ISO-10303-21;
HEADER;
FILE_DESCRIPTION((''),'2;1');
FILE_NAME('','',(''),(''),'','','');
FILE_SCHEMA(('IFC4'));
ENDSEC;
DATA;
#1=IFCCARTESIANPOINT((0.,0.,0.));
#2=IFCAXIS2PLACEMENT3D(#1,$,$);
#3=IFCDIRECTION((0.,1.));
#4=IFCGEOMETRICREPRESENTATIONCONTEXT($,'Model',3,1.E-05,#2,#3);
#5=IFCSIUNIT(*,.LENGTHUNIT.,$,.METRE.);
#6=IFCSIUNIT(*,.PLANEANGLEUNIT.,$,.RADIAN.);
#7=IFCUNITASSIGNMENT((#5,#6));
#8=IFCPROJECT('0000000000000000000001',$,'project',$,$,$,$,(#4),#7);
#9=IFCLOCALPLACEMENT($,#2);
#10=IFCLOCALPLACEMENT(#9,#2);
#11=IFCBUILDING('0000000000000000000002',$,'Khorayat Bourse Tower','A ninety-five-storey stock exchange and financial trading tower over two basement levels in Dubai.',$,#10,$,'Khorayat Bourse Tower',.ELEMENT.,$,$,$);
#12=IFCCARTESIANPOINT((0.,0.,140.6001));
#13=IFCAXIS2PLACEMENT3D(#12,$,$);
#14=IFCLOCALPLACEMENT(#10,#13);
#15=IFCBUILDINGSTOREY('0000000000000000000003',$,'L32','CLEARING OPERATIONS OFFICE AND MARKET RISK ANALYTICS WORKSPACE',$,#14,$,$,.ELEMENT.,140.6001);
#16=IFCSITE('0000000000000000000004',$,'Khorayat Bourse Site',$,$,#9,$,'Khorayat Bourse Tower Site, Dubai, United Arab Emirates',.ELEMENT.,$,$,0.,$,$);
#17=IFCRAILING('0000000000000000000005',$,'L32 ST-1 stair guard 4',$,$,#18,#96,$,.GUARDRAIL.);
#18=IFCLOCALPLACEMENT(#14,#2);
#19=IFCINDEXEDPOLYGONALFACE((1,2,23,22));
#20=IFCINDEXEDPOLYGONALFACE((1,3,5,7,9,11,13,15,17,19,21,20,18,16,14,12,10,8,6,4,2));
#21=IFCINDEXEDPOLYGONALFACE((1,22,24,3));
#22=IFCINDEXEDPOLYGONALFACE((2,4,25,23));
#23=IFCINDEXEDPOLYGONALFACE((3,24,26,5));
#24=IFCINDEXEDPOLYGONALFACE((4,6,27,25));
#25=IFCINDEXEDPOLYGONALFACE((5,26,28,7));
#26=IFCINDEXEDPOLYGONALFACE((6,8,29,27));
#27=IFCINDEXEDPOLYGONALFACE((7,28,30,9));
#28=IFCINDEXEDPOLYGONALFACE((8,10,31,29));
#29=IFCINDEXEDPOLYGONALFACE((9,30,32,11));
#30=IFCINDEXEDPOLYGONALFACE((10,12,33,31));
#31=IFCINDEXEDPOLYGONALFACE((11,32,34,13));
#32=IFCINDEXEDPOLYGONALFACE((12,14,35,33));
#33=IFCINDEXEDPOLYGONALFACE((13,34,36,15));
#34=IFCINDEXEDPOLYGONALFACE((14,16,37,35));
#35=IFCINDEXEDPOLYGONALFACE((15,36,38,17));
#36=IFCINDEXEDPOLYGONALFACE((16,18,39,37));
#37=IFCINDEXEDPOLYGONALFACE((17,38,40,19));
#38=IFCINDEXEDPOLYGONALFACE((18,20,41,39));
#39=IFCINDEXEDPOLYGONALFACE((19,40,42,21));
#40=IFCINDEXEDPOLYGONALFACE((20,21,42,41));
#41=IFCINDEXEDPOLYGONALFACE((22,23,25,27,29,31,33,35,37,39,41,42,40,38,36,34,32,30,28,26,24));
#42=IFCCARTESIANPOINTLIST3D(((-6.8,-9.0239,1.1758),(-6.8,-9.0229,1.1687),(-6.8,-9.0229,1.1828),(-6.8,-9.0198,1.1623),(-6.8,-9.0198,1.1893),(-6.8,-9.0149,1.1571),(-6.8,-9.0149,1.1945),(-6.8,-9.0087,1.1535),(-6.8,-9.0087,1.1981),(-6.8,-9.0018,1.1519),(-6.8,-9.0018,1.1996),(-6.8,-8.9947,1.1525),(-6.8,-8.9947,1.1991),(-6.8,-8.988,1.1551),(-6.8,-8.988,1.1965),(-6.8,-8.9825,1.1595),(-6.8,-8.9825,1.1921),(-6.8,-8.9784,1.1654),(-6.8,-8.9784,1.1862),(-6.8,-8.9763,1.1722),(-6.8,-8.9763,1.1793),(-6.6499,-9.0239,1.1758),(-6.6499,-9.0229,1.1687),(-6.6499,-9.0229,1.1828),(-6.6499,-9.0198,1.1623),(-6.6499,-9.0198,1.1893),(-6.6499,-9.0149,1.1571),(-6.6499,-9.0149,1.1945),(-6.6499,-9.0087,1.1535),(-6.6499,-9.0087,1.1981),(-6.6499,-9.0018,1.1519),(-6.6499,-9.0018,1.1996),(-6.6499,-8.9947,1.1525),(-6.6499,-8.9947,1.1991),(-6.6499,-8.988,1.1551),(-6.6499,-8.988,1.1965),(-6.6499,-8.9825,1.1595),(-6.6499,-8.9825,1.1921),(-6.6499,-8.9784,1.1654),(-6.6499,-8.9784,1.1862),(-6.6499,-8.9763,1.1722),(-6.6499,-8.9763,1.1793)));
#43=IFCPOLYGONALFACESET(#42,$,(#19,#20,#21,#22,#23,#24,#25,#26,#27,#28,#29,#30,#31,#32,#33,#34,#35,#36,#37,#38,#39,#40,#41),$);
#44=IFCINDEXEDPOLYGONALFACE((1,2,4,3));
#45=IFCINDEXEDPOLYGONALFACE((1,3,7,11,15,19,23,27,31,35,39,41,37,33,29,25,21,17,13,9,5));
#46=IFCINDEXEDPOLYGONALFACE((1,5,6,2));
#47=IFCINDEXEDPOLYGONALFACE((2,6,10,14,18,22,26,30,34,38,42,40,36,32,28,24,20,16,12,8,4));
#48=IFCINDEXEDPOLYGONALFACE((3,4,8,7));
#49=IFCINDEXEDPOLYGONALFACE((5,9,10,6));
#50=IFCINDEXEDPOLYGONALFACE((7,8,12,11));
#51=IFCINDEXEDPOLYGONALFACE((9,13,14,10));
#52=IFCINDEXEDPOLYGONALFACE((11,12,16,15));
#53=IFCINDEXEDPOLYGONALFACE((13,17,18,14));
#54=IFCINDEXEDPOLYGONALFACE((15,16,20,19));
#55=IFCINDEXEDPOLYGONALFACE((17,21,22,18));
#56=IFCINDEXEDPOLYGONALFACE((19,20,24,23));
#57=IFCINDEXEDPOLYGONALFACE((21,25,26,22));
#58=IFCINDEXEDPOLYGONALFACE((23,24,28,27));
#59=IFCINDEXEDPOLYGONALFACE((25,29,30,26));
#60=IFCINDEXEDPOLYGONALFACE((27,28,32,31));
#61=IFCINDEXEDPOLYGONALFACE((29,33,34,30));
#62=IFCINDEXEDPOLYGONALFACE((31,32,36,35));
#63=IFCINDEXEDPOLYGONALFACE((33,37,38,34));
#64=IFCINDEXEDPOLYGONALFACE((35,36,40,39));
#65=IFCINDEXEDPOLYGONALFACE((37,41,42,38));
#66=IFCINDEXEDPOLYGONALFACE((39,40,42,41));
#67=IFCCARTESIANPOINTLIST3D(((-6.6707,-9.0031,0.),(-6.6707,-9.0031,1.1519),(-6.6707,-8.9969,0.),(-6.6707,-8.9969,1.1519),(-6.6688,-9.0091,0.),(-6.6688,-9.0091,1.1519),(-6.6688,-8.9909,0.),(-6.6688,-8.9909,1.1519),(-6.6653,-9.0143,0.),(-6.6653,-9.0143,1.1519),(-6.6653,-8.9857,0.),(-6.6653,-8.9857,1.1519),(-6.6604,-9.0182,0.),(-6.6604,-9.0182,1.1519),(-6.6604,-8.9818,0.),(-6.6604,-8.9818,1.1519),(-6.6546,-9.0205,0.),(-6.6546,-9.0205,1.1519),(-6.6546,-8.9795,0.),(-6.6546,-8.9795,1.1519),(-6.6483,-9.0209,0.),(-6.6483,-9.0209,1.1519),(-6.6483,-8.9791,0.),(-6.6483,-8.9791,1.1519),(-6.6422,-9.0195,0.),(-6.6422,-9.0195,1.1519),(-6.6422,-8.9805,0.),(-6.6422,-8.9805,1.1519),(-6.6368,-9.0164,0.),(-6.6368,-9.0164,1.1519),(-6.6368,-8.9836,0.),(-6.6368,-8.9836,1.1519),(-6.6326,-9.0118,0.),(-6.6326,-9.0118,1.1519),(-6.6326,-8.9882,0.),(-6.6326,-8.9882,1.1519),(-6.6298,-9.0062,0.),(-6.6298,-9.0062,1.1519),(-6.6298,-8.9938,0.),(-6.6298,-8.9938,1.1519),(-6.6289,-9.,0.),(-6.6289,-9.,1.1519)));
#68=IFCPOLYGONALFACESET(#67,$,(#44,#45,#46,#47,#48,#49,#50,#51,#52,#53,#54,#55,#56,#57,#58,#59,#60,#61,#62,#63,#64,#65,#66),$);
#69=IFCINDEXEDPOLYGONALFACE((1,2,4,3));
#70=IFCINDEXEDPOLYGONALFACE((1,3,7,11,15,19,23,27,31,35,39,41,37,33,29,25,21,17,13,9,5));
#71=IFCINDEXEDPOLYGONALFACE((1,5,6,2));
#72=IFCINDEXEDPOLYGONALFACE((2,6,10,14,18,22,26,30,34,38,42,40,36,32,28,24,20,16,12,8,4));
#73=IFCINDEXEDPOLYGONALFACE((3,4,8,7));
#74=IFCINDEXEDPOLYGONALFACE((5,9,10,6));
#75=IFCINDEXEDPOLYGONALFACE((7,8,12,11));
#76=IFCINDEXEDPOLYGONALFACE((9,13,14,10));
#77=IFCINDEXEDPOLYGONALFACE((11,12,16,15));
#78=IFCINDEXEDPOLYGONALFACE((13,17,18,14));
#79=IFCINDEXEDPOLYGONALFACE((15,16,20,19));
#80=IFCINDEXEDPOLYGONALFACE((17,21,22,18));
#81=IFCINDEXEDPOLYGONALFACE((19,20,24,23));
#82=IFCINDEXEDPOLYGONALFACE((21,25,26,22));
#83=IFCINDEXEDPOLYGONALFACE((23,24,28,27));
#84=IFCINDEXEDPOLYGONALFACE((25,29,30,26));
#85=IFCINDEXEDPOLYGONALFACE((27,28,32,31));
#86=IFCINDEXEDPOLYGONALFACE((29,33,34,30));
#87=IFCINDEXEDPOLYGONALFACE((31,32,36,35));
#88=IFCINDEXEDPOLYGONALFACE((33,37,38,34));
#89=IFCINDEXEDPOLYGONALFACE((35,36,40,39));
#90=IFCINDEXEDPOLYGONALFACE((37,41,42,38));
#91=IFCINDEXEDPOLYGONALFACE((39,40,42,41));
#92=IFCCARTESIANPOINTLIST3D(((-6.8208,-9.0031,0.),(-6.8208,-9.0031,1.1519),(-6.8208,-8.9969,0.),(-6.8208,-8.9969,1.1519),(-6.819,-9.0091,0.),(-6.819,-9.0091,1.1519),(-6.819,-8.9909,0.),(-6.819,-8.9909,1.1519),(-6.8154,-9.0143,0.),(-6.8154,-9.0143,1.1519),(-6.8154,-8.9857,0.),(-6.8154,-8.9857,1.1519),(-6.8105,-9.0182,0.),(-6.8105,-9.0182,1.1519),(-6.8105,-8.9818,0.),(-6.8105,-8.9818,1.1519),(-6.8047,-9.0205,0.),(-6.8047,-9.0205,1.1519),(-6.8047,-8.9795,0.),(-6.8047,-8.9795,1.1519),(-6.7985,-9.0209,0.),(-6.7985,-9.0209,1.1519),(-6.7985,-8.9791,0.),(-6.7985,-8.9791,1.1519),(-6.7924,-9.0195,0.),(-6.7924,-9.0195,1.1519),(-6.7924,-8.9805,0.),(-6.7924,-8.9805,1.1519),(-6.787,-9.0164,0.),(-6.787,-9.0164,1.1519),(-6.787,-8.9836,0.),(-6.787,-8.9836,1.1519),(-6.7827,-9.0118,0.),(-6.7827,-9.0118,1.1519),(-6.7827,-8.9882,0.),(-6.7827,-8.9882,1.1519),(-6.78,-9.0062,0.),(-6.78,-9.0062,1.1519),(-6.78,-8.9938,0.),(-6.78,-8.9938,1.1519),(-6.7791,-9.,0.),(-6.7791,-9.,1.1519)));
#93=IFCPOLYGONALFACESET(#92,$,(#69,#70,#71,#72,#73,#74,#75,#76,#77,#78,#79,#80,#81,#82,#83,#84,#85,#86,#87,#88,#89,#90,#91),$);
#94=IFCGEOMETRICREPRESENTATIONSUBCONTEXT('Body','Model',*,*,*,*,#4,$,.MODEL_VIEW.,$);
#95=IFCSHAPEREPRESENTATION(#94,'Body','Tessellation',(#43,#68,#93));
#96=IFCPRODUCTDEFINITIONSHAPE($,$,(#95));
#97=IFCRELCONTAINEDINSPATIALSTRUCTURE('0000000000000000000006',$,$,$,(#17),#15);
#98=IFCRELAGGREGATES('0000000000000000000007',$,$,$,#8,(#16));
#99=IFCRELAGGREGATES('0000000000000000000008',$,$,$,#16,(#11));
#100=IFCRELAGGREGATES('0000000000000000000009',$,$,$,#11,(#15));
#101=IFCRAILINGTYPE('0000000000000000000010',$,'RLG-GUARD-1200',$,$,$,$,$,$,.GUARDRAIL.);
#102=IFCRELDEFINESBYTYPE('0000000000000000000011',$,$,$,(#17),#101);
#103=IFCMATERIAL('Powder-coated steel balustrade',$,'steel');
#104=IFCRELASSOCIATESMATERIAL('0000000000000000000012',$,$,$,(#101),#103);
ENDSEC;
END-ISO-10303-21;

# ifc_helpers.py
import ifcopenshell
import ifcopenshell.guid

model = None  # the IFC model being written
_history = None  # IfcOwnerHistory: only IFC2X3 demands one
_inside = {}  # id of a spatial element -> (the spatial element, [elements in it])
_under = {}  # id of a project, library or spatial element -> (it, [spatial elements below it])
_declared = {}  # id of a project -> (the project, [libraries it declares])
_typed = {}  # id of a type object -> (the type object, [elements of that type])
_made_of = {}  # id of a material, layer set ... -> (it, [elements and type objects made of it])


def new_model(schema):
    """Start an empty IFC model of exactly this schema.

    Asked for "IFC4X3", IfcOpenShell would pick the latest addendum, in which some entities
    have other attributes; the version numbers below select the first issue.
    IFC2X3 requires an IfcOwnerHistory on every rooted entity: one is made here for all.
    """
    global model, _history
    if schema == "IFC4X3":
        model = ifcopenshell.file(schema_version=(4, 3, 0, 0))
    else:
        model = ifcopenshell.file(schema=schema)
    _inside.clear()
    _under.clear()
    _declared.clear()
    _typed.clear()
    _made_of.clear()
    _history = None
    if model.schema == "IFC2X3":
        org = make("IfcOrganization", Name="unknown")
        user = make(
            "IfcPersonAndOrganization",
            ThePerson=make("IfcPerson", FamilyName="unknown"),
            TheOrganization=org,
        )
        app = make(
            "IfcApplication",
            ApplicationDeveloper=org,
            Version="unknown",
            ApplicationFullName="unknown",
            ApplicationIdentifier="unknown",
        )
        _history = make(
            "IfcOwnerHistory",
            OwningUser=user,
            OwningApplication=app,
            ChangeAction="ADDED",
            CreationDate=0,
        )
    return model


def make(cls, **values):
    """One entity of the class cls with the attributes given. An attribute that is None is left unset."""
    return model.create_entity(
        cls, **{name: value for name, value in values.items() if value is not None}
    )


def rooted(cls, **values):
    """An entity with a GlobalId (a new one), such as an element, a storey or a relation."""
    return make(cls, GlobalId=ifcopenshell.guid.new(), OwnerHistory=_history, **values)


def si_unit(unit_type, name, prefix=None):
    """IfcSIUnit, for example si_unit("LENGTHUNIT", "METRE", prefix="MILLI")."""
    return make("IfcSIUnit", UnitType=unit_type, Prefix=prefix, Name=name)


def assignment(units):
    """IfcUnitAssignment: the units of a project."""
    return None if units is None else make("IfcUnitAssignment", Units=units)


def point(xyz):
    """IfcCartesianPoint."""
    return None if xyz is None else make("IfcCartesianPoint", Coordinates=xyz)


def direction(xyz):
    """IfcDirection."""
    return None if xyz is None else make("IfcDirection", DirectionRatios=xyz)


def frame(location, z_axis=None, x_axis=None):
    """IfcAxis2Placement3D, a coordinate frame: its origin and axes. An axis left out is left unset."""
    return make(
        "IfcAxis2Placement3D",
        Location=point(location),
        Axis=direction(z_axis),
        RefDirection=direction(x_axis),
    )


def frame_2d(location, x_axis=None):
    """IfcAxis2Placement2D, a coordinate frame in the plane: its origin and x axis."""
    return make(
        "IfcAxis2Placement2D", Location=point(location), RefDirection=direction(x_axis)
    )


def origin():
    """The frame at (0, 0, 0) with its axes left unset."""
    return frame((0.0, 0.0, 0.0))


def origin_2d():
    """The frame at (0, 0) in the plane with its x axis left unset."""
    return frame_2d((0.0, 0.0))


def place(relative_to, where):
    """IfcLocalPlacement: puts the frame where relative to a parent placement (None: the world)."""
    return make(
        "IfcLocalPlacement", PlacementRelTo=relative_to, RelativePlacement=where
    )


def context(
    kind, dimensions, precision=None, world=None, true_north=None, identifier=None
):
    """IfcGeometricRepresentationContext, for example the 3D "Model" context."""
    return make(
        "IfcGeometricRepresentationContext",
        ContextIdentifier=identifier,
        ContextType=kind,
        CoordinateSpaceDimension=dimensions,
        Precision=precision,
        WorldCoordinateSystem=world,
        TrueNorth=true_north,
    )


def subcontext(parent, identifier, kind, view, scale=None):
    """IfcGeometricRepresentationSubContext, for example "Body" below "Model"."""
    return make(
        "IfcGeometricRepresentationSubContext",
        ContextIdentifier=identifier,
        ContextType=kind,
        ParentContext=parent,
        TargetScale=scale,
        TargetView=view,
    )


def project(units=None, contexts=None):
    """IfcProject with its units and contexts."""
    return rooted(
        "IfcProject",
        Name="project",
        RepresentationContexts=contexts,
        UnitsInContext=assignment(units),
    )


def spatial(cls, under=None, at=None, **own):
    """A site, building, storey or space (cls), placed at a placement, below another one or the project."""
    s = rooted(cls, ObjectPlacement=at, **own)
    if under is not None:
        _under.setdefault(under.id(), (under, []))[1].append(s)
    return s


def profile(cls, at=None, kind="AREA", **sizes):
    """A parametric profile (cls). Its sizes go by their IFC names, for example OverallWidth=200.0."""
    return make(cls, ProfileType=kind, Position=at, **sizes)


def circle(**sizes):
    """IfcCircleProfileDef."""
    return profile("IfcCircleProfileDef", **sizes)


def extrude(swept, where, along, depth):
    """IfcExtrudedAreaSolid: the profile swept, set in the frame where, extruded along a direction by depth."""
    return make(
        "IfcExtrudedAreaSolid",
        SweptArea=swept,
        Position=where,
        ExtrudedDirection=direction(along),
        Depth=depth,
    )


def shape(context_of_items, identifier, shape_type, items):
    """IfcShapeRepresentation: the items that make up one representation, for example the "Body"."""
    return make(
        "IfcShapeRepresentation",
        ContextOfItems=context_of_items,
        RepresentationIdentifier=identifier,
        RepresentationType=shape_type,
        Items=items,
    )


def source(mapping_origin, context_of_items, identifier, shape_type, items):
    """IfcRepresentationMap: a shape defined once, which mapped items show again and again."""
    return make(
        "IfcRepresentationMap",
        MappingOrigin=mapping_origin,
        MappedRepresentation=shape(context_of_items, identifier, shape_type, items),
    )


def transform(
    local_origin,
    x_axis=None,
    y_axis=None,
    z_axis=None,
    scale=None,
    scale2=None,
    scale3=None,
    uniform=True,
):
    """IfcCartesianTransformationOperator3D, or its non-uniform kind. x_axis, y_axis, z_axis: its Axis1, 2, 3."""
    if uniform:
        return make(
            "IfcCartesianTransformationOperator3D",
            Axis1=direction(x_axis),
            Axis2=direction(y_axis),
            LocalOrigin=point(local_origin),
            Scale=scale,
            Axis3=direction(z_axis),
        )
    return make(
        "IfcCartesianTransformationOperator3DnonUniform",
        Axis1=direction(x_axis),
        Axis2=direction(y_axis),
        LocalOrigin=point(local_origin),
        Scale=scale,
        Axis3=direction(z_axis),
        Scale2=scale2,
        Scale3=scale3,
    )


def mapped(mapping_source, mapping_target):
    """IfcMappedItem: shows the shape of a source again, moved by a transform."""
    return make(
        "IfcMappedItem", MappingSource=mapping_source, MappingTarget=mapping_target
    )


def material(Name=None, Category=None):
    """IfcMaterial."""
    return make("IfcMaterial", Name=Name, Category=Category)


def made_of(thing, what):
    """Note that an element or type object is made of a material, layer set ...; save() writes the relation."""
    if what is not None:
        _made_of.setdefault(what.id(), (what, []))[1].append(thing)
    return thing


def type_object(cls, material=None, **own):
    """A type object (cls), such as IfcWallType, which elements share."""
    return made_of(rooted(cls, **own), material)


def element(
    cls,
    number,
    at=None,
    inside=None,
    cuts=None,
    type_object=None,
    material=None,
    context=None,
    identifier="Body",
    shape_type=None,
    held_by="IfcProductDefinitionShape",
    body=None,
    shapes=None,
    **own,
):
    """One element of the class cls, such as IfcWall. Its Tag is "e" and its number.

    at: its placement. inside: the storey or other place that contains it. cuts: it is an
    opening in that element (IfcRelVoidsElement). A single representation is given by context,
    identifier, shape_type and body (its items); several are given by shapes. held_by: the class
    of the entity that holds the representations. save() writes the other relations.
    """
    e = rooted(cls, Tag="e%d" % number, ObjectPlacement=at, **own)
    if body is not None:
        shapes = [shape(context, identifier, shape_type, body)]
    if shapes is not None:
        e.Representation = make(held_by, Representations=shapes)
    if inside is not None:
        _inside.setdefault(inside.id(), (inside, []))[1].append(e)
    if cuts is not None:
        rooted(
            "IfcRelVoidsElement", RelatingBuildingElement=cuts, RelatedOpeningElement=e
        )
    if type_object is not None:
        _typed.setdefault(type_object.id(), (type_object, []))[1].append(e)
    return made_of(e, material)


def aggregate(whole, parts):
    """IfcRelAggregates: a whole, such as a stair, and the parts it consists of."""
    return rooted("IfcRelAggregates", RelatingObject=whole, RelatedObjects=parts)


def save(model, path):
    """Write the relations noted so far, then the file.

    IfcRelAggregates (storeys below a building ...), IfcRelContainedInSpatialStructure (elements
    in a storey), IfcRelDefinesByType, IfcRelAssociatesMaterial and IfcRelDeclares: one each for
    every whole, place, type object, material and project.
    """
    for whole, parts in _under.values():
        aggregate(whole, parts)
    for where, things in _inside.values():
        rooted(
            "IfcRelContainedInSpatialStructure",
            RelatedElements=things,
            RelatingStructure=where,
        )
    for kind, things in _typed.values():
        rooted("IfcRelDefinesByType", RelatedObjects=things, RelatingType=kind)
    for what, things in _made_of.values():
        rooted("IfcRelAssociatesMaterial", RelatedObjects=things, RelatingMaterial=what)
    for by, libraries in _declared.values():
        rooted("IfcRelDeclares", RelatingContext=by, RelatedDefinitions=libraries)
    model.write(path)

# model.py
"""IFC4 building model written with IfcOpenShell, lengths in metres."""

from ifc_helpers import new_model, si_unit, direction, frame, origin, origin_2d, place, context, subcontext, project, spatial, circle, extrude, source, transform, mapped, material, type_object, element, save


model = new_model("IFC4")

# Units and contexts
model_context = context("Model", 3, precision=1e-05, world=origin(), true_north=direction((0.0, 1.0)))
body_context = subcontext(model_context, "Body", "Model", "MODEL_VIEW")
ifc_project = project(units=[si_unit("LENGTHUNIT", "METRE"), si_unit("PLANEANGLEUNIT", "RADIAN")], contexts=[model_context])

# Site, building, storey
site_placement = place(None, origin())
site = spatial("IfcSite", under=ifc_project, at=site_placement, Name="Khorayat Bourse Site", LongName="Khorayat Bourse Tower Site, Dubai, United Arab Emirates", CompositionType="ELEMENT", RefElevation=0.0)
building_placement = place(site_placement, origin())
building = spatial("IfcBuilding", under=site, at=building_placement, Name="Khorayat Bourse Tower", Description="A ninety-five-storey stock exchange and financial trading tower over two basement levels in Dubai.", LongName="Khorayat Bourse Tower", CompositionType="ELEMENT")
storey_placement = place(building_placement, frame((0.0, 0.0, 140.6001)))
storey = spatial("IfcBuildingStorey", under=building, at=storey_placement, Name="L32", Description="CLEARING OPERATIONS OFFICE AND MARKET RISK ANALYTICS WORKSPACE", CompositionType="ELEMENT", Elevation=140.6001)

# Railing
ifc_material_1 = material(Name="Powder-coated steel balustrade", Category="steel")
railing_type_1 = type_object("IfcRailingType", Name="RLG-GUARD-1200", PredefinedType="GUARDRAIL", material=ifc_material_1)
shared_shape_1 = source(origin(), body_context, "Body", "SweptSolid", [
    extrude(circle(Radius=0.0239, at=origin_2d()), frame((0.0, 0.0, 1.1758), z_axis=(-1.0, 0.0, 0.0), x_axis=(0.0, -1.0, 0.0)), (0.0, 0.0, 1.0), 0.1501),
    extrude(circle(Radius=0.021, at=origin_2d()), origin(), (0.0, 0.0, 1.0), 1.1519),
    extrude(circle(Radius=0.021, at=origin_2d()), frame((-0.1501, 0.0, 0.0)), (0.0, 0.0, 1.0), 1.1519),
])
for number, where, name in (
    (1, (-6.6499, -9.0, 0.0), "L32 ST-1 stair guard 4"),
):
    element("IfcRailing", number, at=place(storey_placement, frame(where)), inside=storey, type_object=railing_type_1, Name=name, PredefinedType="GUARDRAIL", context=body_context, shape_type="MappedRepresentation", body=[
        mapped(shared_shape_1, transform((0.0, 0.0, 0.0), scale=1.0)),
    ])

save(model, "model.ifc")
